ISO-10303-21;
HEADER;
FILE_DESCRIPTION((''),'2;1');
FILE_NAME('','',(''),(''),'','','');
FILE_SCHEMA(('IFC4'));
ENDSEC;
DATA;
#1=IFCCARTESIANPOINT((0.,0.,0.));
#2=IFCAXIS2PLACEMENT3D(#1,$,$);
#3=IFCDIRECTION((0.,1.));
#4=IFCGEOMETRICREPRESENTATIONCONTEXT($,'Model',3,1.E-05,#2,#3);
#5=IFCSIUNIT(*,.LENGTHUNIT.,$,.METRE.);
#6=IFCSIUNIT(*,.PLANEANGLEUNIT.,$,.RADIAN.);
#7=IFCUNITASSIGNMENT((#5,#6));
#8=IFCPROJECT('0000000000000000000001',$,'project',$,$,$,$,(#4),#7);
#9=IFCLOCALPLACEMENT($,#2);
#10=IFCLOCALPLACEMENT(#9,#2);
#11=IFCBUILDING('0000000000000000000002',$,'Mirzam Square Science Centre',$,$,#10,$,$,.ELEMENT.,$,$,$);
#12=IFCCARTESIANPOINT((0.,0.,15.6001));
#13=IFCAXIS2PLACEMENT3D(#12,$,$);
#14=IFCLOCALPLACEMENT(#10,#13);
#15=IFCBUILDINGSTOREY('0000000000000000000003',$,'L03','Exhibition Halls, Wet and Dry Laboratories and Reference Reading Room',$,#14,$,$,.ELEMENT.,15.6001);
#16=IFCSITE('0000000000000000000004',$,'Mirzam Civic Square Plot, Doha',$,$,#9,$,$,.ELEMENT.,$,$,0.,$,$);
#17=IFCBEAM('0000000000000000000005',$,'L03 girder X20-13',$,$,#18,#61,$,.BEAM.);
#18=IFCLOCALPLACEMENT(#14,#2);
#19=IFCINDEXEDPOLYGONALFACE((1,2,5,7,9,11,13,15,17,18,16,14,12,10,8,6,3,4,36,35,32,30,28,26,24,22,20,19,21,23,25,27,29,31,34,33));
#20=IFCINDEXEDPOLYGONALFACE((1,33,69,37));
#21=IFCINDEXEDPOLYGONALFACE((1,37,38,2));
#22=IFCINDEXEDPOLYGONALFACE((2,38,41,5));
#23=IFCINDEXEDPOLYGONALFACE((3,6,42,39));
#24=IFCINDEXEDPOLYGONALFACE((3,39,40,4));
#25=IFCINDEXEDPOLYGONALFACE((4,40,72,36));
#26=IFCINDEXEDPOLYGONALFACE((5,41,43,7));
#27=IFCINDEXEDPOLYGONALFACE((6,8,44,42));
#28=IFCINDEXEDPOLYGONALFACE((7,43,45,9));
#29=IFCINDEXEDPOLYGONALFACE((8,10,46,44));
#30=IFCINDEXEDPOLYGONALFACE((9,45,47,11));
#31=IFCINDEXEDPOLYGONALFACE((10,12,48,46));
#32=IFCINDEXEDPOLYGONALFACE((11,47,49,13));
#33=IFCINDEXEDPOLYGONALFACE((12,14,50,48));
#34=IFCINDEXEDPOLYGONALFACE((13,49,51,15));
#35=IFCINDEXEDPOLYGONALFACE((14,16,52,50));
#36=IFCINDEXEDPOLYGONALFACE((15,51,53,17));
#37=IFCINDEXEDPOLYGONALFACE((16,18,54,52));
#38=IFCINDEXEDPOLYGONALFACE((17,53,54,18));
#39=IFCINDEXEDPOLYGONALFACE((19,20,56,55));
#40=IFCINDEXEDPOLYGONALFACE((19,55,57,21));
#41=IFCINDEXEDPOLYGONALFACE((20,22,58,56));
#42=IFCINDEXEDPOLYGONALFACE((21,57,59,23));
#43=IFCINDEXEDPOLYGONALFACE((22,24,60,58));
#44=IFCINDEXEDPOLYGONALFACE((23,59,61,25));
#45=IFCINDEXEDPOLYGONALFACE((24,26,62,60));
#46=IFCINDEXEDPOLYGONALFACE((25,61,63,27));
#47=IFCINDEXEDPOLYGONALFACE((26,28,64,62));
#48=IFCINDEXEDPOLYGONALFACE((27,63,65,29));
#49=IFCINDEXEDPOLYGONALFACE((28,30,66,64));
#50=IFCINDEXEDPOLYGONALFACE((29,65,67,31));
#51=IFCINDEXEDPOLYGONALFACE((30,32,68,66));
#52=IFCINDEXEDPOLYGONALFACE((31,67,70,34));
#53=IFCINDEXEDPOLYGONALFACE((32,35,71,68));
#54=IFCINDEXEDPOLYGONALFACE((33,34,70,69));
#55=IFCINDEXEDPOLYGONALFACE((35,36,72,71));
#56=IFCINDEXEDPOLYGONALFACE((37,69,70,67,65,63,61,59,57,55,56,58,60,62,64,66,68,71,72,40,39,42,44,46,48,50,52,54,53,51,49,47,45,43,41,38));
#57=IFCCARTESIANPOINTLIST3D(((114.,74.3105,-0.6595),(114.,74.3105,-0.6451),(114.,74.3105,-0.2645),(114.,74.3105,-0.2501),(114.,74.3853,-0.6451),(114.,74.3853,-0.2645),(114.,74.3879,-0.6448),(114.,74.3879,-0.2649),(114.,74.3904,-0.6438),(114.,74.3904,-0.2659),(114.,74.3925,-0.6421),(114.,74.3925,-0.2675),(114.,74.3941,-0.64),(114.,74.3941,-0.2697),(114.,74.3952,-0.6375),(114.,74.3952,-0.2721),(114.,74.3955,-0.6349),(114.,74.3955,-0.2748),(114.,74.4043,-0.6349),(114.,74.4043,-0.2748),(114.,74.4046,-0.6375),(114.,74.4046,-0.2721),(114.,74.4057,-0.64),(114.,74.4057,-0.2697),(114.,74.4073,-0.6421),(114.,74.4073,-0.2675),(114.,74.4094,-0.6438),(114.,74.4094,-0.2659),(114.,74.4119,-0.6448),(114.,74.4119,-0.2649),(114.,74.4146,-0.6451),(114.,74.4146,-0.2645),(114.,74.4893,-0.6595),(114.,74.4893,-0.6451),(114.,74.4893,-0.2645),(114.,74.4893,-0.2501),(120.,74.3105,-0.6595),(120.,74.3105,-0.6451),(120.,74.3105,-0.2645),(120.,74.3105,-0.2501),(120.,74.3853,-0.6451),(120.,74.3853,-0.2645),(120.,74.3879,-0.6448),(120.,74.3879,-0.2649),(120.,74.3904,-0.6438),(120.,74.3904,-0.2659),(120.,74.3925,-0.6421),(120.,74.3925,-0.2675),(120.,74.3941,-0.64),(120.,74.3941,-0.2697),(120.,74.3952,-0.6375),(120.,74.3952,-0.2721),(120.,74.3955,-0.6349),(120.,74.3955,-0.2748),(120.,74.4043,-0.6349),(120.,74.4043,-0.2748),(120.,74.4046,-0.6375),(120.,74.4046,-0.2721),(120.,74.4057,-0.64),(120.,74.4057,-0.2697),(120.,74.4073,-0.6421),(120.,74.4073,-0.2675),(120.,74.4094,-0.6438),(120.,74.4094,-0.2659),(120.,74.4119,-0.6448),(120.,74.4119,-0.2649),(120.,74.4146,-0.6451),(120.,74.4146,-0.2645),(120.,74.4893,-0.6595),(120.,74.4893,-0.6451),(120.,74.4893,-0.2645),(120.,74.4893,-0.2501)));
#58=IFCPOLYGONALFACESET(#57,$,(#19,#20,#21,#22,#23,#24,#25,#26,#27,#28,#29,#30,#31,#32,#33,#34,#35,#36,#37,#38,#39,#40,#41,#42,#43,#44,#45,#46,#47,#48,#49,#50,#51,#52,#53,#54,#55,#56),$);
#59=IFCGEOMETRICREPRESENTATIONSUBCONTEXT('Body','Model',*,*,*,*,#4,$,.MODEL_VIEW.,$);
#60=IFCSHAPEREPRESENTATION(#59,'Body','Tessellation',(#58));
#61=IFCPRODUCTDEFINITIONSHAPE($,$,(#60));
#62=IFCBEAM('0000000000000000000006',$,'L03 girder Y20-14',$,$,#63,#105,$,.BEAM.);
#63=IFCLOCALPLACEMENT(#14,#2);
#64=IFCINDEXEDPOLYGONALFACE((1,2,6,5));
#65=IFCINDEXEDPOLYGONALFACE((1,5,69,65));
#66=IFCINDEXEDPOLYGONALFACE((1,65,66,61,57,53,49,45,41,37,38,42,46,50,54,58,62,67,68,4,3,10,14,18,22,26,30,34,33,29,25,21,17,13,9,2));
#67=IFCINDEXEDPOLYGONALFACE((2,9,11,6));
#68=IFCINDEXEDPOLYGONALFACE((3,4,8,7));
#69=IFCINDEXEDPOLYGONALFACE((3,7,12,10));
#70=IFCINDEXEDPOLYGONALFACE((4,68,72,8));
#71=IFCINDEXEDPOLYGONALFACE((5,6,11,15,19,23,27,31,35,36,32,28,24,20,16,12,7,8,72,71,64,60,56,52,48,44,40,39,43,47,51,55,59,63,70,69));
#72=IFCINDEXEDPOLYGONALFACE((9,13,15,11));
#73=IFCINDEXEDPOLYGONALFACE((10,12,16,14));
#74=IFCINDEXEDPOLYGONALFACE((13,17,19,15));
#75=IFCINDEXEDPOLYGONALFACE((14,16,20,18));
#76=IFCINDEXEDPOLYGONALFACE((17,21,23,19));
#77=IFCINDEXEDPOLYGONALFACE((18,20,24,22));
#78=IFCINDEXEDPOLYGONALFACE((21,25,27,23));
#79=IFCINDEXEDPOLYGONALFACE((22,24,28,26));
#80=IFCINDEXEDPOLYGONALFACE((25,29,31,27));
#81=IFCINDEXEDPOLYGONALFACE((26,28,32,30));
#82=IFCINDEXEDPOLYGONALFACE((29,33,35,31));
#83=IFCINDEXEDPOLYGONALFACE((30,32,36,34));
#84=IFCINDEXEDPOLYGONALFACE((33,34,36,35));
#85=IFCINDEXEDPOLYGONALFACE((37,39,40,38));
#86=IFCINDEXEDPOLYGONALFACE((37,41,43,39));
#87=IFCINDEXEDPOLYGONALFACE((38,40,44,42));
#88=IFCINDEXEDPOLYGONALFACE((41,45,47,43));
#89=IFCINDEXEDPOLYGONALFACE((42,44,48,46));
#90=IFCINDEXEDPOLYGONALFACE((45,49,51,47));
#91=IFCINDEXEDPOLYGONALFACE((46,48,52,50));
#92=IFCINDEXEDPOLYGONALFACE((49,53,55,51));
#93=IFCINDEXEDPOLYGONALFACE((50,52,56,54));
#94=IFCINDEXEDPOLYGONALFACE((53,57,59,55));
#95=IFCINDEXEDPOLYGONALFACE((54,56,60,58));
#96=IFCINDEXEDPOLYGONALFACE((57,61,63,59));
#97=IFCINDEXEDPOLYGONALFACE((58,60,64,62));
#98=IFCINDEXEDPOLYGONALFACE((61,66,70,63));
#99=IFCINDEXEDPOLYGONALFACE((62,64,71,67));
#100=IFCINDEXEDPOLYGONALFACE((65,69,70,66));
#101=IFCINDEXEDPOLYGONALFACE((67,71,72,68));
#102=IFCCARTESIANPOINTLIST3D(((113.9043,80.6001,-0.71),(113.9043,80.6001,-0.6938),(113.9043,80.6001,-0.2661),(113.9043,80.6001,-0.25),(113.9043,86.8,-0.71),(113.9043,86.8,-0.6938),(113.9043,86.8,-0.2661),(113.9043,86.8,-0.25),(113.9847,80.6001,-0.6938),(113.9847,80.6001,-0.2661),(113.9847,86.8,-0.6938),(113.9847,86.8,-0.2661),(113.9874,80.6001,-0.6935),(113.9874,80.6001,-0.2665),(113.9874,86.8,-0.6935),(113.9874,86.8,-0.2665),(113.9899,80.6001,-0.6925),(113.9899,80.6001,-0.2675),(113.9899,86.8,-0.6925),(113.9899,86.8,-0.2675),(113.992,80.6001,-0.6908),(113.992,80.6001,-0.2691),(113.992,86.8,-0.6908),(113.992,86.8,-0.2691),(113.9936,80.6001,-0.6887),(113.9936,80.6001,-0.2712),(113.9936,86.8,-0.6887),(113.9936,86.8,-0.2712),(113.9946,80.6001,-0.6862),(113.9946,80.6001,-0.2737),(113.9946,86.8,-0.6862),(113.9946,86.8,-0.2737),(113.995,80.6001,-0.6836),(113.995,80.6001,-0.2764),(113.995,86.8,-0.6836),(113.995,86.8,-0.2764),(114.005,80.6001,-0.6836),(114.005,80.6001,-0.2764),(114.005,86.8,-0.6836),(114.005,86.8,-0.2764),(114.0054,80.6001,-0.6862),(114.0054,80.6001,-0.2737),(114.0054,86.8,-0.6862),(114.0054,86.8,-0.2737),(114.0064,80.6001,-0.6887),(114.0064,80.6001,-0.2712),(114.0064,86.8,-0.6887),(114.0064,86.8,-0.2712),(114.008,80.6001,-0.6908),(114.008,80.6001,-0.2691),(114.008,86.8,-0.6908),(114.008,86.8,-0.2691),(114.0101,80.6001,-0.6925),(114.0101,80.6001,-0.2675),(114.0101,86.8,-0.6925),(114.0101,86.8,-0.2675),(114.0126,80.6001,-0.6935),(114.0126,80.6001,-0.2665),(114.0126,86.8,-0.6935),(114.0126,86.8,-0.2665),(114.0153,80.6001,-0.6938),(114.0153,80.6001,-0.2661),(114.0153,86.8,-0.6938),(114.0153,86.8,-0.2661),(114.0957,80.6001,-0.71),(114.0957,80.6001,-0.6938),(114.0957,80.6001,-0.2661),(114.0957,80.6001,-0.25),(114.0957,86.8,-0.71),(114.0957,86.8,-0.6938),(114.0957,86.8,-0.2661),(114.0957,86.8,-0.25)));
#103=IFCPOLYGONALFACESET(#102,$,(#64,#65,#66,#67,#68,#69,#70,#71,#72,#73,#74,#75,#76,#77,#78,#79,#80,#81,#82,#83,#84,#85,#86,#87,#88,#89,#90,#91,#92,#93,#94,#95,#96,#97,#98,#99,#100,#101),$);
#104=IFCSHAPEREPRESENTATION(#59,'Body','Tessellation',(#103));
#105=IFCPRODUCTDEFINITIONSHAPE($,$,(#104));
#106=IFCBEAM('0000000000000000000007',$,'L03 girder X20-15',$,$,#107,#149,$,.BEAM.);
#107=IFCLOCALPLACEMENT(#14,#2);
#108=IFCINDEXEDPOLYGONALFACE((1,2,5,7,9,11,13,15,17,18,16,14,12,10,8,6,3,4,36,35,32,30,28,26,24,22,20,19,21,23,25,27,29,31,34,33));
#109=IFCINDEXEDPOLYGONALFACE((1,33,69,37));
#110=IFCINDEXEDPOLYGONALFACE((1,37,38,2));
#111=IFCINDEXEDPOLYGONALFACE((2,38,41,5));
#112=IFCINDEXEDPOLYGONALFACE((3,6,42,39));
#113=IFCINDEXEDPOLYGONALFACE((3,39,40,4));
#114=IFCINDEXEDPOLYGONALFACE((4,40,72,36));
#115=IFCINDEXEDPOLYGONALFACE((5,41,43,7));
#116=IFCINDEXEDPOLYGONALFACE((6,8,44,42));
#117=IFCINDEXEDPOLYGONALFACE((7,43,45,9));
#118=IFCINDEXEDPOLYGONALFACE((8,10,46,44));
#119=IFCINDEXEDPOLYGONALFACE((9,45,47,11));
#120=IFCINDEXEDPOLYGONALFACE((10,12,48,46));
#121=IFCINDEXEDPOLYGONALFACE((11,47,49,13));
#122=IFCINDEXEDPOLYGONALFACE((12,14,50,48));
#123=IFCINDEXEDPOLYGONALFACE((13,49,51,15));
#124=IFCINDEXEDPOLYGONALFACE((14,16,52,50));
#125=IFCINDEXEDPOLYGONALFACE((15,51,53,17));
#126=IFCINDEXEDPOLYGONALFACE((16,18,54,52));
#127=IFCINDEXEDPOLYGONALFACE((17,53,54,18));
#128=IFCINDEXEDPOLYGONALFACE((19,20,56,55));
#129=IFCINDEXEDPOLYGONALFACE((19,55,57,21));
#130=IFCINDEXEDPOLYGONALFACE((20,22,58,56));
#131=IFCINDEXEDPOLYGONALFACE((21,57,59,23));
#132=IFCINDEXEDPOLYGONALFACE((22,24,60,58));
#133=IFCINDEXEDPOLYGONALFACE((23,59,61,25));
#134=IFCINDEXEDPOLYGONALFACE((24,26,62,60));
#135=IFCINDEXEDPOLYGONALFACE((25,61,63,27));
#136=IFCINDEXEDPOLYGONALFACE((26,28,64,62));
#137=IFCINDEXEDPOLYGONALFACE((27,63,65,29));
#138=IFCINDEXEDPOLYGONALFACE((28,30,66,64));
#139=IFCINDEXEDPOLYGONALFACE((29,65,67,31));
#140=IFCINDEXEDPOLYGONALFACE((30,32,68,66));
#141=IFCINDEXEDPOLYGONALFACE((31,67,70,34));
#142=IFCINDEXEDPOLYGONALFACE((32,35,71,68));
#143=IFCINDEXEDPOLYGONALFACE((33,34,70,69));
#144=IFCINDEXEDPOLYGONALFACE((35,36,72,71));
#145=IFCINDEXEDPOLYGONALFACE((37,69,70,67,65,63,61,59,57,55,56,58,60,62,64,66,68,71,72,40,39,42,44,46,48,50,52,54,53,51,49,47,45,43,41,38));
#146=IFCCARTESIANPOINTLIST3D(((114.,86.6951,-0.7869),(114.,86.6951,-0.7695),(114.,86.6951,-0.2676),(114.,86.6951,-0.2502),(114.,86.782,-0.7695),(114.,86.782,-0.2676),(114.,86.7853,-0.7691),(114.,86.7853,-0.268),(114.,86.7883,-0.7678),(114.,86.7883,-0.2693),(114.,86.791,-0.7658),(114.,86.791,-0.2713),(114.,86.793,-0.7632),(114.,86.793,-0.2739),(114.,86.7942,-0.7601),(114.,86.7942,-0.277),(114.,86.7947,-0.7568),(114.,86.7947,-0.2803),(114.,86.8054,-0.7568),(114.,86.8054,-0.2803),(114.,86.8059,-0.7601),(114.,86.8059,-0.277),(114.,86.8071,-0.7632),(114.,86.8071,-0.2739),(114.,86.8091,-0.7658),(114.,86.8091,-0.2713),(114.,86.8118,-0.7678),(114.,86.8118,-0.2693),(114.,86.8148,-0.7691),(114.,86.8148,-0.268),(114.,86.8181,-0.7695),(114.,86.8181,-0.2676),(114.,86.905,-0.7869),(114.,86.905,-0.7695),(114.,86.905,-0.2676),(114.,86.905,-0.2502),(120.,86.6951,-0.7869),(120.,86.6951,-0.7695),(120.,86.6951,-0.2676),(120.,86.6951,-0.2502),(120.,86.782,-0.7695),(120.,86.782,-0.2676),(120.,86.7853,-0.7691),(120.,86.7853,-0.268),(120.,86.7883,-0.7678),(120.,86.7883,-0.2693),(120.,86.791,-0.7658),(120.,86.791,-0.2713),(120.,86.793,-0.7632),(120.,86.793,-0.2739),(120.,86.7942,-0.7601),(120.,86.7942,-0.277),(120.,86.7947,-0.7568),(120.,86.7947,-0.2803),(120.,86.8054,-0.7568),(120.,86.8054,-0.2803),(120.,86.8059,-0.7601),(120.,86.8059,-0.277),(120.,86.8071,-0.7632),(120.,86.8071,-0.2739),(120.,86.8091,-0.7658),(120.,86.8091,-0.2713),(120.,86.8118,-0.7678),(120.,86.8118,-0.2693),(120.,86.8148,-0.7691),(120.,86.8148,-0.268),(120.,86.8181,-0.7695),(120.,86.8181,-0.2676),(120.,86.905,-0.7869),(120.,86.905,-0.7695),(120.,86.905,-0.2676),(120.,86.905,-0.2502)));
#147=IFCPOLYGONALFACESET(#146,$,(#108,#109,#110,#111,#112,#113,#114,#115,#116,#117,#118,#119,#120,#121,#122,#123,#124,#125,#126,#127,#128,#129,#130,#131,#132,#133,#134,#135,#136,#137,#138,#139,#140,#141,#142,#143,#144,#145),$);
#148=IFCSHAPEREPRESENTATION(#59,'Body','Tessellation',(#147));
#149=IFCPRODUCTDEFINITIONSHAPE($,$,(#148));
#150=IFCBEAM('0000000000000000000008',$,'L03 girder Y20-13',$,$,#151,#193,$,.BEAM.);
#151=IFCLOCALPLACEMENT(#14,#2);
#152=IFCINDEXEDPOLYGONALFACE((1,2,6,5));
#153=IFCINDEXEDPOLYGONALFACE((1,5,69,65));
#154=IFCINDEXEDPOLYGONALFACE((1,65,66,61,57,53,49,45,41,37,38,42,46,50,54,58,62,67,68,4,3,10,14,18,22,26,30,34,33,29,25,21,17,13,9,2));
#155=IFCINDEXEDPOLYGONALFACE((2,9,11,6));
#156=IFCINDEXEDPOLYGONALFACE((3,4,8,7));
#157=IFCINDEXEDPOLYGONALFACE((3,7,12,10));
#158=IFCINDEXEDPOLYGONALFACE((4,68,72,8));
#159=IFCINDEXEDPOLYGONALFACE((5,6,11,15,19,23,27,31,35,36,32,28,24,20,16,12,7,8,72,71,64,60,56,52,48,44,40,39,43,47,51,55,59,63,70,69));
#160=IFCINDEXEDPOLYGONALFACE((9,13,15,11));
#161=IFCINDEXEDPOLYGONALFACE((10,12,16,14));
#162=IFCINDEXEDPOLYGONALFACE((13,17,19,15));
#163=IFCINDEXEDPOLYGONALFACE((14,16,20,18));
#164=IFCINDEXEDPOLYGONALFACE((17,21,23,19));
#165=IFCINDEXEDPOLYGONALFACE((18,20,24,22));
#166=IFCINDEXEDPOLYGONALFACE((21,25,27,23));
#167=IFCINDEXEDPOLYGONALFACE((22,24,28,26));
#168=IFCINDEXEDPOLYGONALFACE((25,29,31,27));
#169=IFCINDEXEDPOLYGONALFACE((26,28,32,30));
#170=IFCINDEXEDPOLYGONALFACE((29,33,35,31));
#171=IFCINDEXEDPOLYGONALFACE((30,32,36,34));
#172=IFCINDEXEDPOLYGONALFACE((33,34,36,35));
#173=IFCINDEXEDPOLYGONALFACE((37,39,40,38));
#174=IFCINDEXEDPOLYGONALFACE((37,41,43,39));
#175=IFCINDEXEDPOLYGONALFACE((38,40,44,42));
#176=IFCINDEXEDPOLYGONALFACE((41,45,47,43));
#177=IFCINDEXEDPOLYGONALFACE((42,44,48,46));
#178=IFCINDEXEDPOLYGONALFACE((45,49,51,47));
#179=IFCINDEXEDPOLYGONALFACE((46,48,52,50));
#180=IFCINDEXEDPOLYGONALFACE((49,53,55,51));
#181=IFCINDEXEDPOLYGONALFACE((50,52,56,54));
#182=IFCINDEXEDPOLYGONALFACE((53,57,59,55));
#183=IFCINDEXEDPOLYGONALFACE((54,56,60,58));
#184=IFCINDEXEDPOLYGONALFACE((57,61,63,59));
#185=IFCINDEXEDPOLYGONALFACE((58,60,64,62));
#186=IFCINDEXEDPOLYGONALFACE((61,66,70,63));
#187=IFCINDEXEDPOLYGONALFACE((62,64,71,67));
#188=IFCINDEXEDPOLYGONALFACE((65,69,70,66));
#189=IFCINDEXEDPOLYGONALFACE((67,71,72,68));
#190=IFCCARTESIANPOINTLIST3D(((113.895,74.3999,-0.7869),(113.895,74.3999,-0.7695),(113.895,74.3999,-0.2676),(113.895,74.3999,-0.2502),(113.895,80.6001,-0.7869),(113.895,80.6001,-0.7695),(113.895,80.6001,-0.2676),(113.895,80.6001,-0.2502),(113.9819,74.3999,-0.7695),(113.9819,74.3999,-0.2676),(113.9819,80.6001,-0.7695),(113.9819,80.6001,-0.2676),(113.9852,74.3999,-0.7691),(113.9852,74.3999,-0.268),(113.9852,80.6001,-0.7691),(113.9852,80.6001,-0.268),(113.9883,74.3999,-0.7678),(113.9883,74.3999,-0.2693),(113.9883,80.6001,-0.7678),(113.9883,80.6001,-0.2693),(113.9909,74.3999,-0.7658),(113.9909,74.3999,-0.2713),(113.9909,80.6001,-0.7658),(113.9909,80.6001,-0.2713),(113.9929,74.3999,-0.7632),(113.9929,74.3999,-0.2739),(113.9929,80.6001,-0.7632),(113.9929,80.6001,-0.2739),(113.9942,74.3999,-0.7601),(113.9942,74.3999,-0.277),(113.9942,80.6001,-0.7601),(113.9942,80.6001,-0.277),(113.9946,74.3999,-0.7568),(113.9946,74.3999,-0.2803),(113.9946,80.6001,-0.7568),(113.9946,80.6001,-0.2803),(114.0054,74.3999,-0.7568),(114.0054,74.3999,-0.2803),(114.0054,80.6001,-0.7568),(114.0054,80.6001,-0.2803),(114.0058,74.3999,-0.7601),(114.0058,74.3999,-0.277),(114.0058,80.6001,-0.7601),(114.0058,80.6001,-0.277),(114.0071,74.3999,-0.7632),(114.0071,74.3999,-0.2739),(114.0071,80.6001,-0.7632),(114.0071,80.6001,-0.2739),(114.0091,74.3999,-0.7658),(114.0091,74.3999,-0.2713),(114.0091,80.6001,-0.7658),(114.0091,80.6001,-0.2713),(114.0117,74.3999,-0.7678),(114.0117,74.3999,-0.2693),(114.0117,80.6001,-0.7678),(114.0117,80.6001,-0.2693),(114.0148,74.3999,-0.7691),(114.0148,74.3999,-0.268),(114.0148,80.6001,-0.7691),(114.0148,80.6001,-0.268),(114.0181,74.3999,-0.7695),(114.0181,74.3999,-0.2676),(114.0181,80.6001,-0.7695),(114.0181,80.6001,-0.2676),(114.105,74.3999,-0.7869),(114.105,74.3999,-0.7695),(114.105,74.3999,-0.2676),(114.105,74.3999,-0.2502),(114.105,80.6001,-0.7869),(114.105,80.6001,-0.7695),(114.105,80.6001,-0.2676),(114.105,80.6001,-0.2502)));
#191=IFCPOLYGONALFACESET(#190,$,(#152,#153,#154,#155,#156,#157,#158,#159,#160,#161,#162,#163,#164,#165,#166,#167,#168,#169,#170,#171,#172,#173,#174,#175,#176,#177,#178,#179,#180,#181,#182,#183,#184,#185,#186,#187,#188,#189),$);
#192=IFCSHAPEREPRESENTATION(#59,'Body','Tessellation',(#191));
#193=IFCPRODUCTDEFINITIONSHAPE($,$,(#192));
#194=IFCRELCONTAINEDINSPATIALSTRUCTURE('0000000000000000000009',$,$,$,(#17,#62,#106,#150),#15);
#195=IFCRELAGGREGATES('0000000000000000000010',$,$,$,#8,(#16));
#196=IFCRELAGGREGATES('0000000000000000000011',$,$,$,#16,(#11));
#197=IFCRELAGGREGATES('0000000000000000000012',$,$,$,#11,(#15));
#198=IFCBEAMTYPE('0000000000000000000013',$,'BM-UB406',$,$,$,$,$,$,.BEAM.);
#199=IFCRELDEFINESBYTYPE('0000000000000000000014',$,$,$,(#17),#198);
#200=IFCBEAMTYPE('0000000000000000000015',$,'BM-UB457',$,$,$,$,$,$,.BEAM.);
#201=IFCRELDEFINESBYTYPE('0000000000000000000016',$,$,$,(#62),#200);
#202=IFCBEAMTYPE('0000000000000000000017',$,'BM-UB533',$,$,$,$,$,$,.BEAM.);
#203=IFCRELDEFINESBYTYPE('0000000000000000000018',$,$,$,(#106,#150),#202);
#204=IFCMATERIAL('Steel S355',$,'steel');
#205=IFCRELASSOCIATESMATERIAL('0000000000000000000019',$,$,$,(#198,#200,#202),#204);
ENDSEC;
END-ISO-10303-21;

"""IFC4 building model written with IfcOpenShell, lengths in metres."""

from ifc_helpers import new_model, si_unit, direction, frame, origin, origin_2d, place, context, subcontext, project, spatial, i_section, extrude, material, material_profile, profile_set, type_object, element, save


model = new_model("IFC4")

# Units and contexts
model_context = context("Model", 3, precision=1e-05, world=origin(), true_north=direction((0.0, 1.0)))
body_context = subcontext(model_context, "Body", "Model", "MODEL_VIEW")
ifc_project = project(units=[si_unit("LENGTHUNIT", "METRE"), si_unit("PLANEANGLEUNIT", "RADIAN")], contexts=[model_context])

# Site, building, storey
site_placement = place(None, origin())
site = spatial("IfcSite", under=ifc_project, at=site_placement, Name="Mirzam Civic Square Plot, Doha", CompositionType="ELEMENT", RefElevation=0.0)
building_placement = place(site_placement, origin())
building = spatial("IfcBuilding", under=site, at=building_placement, Name="Mirzam Square Science Centre", CompositionType="ELEMENT")
storey_placement = place(building_placement, frame((0.0, 0.0, 15.6001)))
storey = spatial("IfcBuildingStorey", under=building, at=storey_placement, Name="L03", Description="Exhibition Halls, Wet and Dry Laboratories and Reference Reading Room", CompositionType="ELEMENT", Elevation=15.6001)

# Shared definitions
ifc_material_1 = material(Name="Steel S355", Category="steel")

# Beams
ifc_material_profile_1 = material_profile(ifc_material_1, i_section(OverallWidth=0.1787, OverallDepth=0.4094, WebThickness=0.0088, FlangeThickness=0.0144, FilletRadius=0.0103, at=origin_2d()), Name="406x178x67UB")
ifc_profile_set_1 = profile_set([ifc_material_profile_1], Name="Steel S355")
beam_type_1 = type_object("IfcBeamType", Name="BM-UB406", PredefinedType="BEAM", material=ifc_profile_set_1)
beam_1_placement = place(storey_placement, frame((114.0, 74.3999, -0.4548), z_axis=(1.0, 0.0, 0.0), x_axis=(0.0, 1.0, 0.0)))
element("IfcBeam", 1, at=beam_1_placement, inside=storey, type_object=beam_type_1, Name="L03 girder X20-13", PredefinedType="BEAM", context=body_context, shape_type="SweptSolid", body=[
    extrude(i_section(OverallWidth=0.1787, OverallDepth=0.4094, WebThickness=0.0088, FlangeThickness=0.0144, FilletRadius=0.0103, at=origin_2d()), origin(), (0.0, 0.0, 1.0), 6.0),
])
ifc_material_profile_2 = material_profile(ifc_material_1, i_section(OverallWidth=0.1914, OverallDepth=0.46, WebThickness=0.01, FlangeThickness=0.0161, FilletRadius=0.0103, at=origin_2d()), Name="457x191x82UB")
ifc_profile_set_2 = profile_set([ifc_material_profile_2], Name="Steel S355")
beam_type_2 = type_object("IfcBeamType", Name="BM-UB457", PredefinedType="BEAM", material=ifc_profile_set_2)
beam_2_placement = place(storey_placement, frame((114.0, 80.6001, -0.48), z_axis=(0.0, 1.0, 0.0), x_axis=(-1.0, 0.0, 0.0)))
element("IfcBeam", 2, at=beam_2_placement, inside=storey, type_object=beam_type_2, Name="L03 girder Y20-14", PredefinedType="BEAM", context=body_context, shape_type="SweptSolid", body=[
    extrude(i_section(OverallWidth=0.1914, OverallDepth=0.46, WebThickness=0.01, FlangeThickness=0.0161, FilletRadius=0.0103, at=origin_2d()), origin(), (0.0, 0.0, 1.0), 6.2),
])
ifc_material_profile_3 = material_profile(ifc_material_1, i_section(OverallWidth=0.21, OverallDepth=0.5366, WebThickness=0.0107, FlangeThickness=0.0173, FilletRadius=0.0127, at=origin_2d()), Name="533x210x101UB")
ifc_profile_set_3 = profile_set([ifc_material_profile_3], Name="Steel S355")
beam_type_3 = type_object("IfcBeamType", Name="BM-UB533", PredefinedType="BEAM", material=ifc_profile_set_3)
beam_3_placement = place(storey_placement, frame((114.0, 86.8, -0.5186), z_axis=(1.0, 0.0, 0.0), x_axis=(0.0, 1.0, 0.0)))
element("IfcBeam", 3, at=beam_3_placement, inside=storey, type_object=beam_type_3, Name="L03 girder X20-15", PredefinedType="BEAM", context=body_context, shape_type="SweptSolid", body=[
    extrude(i_section(OverallWidth=0.21, OverallDepth=0.5366, WebThickness=0.0107, FlangeThickness=0.0173, FilletRadius=0.0127, at=origin_2d()), origin(), (0.0, 0.0, 1.0), 6.0),
])
beam_4_placement = place(storey_placement, frame((114.0, 74.3999, -0.5186), z_axis=(0.0, 1.0, 0.0), x_axis=(-1.0, 0.0, 0.0)))
element("IfcBeam", 4, at=beam_4_placement, inside=storey, type_object=beam_type_3, Name="L03 girder Y20-13", PredefinedType="BEAM", context=body_context, shape_type="SweptSolid", body=[
    extrude(i_section(OverallWidth=0.21, OverallDepth=0.5366, WebThickness=0.0107, FlangeThickness=0.0173, FilletRadius=0.0127, at=origin_2d()), origin(), (0.0, 0.0, 1.0), 6.2002),
])

save(model, "model.ifc")
